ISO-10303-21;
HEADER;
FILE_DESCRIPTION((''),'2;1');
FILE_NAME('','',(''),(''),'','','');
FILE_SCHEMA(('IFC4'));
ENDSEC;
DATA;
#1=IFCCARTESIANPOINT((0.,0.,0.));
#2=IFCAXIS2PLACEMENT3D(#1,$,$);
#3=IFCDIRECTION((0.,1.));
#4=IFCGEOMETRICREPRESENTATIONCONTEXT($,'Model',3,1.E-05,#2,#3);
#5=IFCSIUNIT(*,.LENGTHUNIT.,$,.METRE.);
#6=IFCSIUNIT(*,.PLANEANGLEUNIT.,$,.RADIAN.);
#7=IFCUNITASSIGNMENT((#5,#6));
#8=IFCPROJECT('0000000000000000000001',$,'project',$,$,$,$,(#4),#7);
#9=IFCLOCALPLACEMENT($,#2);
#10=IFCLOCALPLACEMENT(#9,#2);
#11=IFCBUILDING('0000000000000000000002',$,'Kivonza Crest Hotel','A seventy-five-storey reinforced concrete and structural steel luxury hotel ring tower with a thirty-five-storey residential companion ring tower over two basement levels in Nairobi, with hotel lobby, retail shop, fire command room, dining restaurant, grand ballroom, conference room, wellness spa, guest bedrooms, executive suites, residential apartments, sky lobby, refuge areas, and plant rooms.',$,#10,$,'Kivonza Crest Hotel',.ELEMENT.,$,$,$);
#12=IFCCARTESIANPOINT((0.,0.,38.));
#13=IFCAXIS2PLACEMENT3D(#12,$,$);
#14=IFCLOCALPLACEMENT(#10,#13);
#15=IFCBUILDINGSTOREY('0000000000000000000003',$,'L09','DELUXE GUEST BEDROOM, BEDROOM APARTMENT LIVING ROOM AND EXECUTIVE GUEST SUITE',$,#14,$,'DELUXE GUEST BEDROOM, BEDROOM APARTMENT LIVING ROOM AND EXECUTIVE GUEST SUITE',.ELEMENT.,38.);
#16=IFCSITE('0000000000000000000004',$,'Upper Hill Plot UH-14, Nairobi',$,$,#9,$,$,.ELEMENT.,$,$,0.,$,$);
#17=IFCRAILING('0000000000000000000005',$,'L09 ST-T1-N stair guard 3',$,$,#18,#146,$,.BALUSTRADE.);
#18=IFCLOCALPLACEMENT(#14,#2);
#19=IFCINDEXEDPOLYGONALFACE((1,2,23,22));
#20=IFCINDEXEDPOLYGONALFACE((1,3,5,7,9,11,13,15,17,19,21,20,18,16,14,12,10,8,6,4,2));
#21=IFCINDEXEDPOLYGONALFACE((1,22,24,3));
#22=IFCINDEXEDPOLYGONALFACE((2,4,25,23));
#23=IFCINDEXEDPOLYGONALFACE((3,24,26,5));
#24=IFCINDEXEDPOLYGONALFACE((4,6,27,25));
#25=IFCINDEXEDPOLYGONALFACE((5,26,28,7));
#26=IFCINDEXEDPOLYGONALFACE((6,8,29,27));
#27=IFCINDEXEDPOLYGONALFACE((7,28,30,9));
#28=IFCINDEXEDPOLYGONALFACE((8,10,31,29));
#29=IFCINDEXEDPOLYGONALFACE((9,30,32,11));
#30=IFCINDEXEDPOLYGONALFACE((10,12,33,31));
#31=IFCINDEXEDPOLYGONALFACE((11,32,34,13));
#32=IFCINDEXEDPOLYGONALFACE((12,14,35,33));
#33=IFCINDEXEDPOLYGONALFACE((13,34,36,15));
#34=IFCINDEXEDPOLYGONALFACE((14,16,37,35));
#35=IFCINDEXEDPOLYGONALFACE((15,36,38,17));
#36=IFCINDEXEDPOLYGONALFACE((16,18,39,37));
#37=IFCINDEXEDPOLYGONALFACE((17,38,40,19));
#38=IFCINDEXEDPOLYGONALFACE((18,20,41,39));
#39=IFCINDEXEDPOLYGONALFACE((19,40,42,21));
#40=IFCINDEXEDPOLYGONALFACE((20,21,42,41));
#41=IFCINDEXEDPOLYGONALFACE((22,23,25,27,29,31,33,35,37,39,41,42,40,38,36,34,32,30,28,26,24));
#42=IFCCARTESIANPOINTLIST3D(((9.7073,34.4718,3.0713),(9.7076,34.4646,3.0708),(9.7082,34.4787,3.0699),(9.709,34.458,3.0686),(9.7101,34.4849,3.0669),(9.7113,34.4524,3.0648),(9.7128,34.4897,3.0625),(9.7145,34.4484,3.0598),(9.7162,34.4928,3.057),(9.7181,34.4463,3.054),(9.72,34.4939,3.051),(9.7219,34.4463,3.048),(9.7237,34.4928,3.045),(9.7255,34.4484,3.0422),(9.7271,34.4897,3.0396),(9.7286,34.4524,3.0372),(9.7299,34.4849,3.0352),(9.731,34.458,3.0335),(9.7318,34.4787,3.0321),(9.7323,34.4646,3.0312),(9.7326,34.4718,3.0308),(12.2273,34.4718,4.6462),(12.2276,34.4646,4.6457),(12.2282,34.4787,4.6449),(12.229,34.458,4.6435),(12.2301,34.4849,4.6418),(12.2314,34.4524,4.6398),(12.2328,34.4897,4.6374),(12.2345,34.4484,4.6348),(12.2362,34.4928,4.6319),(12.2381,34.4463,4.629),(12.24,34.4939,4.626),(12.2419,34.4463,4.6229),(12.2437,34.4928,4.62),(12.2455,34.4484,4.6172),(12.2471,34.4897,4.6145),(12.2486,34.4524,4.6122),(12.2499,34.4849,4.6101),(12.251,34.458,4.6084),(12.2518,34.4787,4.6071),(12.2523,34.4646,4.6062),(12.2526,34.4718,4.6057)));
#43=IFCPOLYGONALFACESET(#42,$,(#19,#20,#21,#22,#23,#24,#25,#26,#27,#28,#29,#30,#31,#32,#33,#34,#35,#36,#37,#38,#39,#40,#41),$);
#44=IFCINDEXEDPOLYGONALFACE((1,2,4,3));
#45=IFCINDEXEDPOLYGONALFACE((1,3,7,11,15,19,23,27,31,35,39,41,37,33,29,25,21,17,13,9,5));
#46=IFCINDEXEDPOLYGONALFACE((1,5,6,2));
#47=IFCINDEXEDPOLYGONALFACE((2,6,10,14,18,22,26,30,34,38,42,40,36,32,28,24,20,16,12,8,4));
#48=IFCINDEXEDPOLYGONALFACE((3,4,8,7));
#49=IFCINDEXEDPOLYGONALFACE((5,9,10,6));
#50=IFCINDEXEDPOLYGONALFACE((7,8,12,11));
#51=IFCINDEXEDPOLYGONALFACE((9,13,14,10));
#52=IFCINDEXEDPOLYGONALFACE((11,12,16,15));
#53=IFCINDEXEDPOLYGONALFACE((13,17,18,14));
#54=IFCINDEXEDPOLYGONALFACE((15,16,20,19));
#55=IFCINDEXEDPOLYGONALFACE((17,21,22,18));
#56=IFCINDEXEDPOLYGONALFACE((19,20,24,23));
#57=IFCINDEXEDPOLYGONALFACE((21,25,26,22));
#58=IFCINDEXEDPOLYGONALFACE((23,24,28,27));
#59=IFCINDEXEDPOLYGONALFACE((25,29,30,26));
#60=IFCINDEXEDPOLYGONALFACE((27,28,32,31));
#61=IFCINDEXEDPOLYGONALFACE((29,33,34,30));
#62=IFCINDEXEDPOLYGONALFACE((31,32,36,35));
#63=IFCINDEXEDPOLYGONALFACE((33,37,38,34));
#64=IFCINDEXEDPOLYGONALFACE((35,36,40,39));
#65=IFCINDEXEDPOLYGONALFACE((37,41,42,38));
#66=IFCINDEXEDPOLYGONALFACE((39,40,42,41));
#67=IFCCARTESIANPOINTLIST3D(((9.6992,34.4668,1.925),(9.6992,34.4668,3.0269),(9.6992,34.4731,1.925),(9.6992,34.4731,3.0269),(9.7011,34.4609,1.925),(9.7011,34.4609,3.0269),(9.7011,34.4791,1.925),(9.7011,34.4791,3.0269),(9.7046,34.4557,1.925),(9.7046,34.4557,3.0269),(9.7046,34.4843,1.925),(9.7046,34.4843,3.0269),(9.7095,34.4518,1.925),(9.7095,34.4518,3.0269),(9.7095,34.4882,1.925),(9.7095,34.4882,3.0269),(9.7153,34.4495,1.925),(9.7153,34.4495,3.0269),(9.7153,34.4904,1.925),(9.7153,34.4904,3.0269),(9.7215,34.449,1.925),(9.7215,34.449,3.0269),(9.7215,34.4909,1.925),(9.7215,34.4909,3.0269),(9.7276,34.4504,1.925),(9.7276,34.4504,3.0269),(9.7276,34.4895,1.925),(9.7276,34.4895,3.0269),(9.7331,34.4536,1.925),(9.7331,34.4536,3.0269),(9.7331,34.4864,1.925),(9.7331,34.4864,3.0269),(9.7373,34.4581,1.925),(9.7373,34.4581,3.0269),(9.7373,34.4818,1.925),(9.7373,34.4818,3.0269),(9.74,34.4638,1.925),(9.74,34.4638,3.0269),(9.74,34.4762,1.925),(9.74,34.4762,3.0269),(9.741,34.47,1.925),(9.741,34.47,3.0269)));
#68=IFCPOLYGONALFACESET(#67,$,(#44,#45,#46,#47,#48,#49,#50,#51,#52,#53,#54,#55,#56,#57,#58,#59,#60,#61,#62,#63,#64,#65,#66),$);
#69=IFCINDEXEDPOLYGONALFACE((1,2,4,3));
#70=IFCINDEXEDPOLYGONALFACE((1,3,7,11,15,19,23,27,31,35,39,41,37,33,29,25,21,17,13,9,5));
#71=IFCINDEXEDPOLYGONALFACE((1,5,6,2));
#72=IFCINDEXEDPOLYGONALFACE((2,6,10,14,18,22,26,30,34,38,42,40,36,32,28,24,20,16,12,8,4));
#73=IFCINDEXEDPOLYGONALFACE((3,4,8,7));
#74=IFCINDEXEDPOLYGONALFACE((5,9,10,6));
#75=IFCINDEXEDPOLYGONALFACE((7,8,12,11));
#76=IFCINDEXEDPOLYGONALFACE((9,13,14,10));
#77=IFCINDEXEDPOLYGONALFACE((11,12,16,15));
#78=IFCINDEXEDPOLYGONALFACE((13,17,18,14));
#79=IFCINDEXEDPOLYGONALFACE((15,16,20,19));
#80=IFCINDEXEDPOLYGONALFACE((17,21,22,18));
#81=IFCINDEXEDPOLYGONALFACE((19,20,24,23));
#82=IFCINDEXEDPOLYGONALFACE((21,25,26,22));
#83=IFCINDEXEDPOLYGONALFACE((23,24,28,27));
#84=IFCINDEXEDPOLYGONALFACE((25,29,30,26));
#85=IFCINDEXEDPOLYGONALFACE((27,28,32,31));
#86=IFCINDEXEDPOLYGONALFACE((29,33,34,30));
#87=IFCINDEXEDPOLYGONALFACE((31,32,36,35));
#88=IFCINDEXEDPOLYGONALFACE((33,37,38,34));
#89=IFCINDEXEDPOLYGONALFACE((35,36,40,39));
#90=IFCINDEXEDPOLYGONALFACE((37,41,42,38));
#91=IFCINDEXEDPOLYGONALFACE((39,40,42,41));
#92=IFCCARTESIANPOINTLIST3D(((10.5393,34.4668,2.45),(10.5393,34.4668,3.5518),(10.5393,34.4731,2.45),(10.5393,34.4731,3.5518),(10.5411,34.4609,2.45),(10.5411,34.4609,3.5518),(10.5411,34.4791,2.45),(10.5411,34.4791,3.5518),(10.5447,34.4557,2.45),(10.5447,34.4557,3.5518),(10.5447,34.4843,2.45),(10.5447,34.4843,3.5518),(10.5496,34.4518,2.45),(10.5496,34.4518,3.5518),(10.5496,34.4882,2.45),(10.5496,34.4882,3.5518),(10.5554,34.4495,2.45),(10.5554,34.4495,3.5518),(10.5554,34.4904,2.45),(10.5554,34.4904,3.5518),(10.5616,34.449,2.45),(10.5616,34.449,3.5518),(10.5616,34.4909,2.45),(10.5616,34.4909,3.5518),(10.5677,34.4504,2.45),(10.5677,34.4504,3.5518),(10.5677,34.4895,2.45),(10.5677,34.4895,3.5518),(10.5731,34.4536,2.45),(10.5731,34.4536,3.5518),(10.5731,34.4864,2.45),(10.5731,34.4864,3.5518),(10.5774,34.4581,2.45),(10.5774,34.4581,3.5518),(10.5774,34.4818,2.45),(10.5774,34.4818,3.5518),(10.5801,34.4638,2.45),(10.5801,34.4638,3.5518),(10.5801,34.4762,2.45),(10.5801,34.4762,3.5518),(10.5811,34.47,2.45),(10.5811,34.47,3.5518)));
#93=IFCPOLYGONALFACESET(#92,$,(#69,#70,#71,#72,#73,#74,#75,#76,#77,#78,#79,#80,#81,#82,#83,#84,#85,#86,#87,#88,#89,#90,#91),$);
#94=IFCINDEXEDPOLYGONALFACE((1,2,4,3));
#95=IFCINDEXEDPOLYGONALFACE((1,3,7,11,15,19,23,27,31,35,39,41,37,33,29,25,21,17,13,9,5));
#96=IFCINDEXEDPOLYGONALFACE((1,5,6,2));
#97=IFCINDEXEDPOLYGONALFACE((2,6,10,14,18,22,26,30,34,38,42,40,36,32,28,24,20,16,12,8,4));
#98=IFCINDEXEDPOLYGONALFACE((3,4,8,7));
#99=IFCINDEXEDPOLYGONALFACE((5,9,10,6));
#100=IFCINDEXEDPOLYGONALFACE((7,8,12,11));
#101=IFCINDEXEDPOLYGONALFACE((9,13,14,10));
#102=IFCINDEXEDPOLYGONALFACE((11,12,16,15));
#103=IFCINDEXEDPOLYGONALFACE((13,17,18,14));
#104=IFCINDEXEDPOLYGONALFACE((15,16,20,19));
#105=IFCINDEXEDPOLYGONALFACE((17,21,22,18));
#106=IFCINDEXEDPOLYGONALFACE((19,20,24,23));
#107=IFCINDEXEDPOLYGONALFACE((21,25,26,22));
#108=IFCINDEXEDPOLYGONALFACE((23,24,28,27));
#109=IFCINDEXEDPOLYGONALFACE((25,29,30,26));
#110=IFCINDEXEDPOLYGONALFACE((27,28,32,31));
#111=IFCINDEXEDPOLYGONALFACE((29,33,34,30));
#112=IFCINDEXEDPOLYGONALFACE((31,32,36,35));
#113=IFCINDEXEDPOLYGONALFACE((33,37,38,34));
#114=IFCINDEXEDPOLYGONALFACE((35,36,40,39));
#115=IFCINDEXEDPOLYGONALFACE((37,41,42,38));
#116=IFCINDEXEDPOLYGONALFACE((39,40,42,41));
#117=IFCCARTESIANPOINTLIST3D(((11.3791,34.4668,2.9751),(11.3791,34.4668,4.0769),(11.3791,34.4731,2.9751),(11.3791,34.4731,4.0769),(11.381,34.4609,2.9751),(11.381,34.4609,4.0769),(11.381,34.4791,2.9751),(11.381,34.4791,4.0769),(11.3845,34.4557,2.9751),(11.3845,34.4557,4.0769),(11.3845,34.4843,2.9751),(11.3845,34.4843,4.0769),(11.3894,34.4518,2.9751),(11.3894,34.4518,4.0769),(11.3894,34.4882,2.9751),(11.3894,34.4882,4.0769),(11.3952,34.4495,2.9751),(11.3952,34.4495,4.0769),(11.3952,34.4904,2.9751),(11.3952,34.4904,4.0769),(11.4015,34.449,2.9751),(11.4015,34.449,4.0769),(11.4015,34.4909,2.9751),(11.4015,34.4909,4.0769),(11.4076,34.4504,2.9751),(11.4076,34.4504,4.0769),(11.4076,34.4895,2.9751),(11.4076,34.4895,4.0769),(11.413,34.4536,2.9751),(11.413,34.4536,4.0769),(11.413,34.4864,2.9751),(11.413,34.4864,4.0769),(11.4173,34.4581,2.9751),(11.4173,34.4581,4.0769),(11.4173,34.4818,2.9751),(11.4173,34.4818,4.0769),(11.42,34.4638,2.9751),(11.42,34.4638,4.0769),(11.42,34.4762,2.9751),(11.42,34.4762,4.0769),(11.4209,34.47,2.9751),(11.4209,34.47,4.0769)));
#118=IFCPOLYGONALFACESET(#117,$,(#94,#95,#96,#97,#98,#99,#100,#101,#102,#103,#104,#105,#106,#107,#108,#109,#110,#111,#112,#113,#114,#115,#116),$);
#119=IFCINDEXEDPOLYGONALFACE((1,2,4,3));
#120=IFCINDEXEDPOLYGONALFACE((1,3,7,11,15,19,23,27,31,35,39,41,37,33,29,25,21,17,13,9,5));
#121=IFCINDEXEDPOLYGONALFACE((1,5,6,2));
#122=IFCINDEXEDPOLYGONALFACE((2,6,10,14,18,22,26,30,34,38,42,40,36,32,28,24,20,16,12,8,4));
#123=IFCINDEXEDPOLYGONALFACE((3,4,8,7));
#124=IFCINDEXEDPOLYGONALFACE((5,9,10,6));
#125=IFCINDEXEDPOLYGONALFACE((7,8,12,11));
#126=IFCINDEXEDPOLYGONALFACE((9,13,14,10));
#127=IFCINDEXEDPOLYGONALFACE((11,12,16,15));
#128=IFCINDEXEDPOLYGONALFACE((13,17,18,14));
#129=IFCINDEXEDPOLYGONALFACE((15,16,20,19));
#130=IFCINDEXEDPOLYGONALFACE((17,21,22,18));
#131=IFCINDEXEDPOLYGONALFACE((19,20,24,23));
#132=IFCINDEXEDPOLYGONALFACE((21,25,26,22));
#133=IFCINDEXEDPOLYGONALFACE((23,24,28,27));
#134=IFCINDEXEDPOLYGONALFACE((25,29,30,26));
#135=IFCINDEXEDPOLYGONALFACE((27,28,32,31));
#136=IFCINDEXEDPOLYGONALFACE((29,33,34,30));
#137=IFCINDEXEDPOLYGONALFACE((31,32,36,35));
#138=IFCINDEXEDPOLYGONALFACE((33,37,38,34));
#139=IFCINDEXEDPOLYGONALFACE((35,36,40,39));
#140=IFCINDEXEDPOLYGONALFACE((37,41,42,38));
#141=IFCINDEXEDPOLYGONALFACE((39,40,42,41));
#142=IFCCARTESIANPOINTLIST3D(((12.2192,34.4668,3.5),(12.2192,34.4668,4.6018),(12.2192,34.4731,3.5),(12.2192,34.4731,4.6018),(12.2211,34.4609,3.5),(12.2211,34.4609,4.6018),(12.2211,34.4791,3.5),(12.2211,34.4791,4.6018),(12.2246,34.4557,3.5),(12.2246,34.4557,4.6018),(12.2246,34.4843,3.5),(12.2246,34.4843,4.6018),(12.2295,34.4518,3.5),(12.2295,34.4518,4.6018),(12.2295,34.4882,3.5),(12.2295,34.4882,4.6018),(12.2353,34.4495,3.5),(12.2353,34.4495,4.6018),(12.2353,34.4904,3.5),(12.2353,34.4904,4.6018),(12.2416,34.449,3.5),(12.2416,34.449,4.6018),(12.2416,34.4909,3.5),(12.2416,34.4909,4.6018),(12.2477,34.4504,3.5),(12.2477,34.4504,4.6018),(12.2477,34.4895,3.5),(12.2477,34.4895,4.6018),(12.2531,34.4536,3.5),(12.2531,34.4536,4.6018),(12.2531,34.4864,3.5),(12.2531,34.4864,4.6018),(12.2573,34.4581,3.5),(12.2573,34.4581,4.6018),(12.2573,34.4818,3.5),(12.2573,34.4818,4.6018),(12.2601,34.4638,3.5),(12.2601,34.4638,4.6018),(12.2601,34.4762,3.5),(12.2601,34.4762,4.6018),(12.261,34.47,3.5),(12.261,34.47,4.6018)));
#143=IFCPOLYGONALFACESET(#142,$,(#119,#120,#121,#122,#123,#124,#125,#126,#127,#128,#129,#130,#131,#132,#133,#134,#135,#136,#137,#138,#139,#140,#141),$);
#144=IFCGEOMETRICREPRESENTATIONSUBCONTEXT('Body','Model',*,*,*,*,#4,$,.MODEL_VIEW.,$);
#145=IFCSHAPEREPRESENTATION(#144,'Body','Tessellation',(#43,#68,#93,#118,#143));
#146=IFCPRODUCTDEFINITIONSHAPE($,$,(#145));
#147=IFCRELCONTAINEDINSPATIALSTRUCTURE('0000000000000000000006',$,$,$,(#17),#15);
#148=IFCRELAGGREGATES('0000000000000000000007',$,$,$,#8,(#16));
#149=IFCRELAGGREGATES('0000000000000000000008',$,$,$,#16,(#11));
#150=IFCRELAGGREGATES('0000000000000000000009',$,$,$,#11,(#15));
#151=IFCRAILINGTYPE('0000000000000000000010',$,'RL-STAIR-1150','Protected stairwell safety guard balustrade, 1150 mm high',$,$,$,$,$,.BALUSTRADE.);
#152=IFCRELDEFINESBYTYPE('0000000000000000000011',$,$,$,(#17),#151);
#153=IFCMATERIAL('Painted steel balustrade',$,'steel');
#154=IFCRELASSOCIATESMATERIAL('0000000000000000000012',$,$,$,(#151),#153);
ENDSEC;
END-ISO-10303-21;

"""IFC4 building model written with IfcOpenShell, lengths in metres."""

from ifc_helpers import new_model, si_unit, direction, frame, origin, origin_2d, place, context, subcontext, project, spatial, circle, extrude, material, type_object, element, save


model = new_model("IFC4")

# Units and contexts
model_context = context("Model", 3, precision=1e-05, world=origin(), true_north=direction((0.0, 1.0)))
body_context = subcontext(model_context, "Body", "Model", "MODEL_VIEW")
ifc_project = project(units=[si_unit("LENGTHUNIT", "METRE"), si_unit("PLANEANGLEUNIT", "RADIAN")], contexts=[model_context])

# Site, building, storey
site_placement = place(None, origin())
site = spatial("IfcSite", under=ifc_project, at=site_placement, Name="Upper Hill Plot UH-14, Nairobi", CompositionType="ELEMENT", RefElevation=0.0)
building_placement = place(site_placement, origin())
building = spatial("IfcBuilding", under=site, at=building_placement, Name="Kivonza Crest Hotel", Description="A seventy-five-storey reinforced concrete and structural steel luxury hotel ring tower with a thirty-five-storey residential companion ring tower over two basement levels in Nairobi, with hotel lobby, retail shop, fire command room, dining restaurant, grand ballroom, conference room, wellness spa, guest bedrooms, executive suites, residential apartments, sky lobby, refuge areas, and plant rooms.", LongName="Kivonza Crest Hotel", CompositionType="ELEMENT")
storey_placement = place(building_placement, frame((0.0, 0.0, 38.0)))
storey = spatial("IfcBuildingStorey", under=building, at=storey_placement, Name="L09", Description="DELUXE GUEST BEDROOM, BEDROOM APARTMENT LIVING ROOM AND EXECUTIVE GUEST SUITE", LongName="DELUXE GUEST BEDROOM, BEDROOM APARTMENT LIVING ROOM AND EXECUTIVE GUEST SUITE", CompositionType="ELEMENT", Elevation=38.0)

# Railing
ifc_material_1 = material(Name="Painted steel balustrade", Category="steel")
railing_type_1 = type_object("IfcRailingType", Name="RL-STAIR-1150", Description="Protected stairwell safety guard balustrade, 1150 mm high", PredefinedType="BALUSTRADE", material=ifc_material_1)
railing_1_placement = place(storey_placement, frame((9.72, 34.47, 1.925)))
element("IfcRailing", 1, at=railing_1_placement, inside=storey, type_object=railing_type_1, Name="L09 ST-T1-N stair guard 3", PredefinedType="BALUSTRADE", context=body_context, shape_type="SweptSolid", body=[
    extrude(circle(Radius=0.0239, at=origin_2d()), frame((0.0, 0.0, 1.126), z_axis=(0.848008, 0.0, 0.529984), x_axis=(0.0, 1.0, 0.0)), (0.0, 0.0, 1.0), 2.9717),
    extrude(circle(Radius=0.021, at=origin_2d()), origin(), (0.0, 0.0, 1.0), 1.1018),
    extrude(circle(Radius=0.021, at=origin_2d()), frame((0.8401, 0.0, 0.5249)), (0.0, 0.0, 1.0), 1.1018),
    extrude(circle(Radius=0.021, at=origin_2d()), frame((1.6799, 0.0, 1.05)), (0.0, 0.0, 1.0), 1.1018),
    extrude(circle(Radius=0.021, at=origin_2d()), frame((2.52, 0.0, 1.575)), (0.0, 0.0, 1.0), 1.1018),
])

save(model, "model.ifc")
